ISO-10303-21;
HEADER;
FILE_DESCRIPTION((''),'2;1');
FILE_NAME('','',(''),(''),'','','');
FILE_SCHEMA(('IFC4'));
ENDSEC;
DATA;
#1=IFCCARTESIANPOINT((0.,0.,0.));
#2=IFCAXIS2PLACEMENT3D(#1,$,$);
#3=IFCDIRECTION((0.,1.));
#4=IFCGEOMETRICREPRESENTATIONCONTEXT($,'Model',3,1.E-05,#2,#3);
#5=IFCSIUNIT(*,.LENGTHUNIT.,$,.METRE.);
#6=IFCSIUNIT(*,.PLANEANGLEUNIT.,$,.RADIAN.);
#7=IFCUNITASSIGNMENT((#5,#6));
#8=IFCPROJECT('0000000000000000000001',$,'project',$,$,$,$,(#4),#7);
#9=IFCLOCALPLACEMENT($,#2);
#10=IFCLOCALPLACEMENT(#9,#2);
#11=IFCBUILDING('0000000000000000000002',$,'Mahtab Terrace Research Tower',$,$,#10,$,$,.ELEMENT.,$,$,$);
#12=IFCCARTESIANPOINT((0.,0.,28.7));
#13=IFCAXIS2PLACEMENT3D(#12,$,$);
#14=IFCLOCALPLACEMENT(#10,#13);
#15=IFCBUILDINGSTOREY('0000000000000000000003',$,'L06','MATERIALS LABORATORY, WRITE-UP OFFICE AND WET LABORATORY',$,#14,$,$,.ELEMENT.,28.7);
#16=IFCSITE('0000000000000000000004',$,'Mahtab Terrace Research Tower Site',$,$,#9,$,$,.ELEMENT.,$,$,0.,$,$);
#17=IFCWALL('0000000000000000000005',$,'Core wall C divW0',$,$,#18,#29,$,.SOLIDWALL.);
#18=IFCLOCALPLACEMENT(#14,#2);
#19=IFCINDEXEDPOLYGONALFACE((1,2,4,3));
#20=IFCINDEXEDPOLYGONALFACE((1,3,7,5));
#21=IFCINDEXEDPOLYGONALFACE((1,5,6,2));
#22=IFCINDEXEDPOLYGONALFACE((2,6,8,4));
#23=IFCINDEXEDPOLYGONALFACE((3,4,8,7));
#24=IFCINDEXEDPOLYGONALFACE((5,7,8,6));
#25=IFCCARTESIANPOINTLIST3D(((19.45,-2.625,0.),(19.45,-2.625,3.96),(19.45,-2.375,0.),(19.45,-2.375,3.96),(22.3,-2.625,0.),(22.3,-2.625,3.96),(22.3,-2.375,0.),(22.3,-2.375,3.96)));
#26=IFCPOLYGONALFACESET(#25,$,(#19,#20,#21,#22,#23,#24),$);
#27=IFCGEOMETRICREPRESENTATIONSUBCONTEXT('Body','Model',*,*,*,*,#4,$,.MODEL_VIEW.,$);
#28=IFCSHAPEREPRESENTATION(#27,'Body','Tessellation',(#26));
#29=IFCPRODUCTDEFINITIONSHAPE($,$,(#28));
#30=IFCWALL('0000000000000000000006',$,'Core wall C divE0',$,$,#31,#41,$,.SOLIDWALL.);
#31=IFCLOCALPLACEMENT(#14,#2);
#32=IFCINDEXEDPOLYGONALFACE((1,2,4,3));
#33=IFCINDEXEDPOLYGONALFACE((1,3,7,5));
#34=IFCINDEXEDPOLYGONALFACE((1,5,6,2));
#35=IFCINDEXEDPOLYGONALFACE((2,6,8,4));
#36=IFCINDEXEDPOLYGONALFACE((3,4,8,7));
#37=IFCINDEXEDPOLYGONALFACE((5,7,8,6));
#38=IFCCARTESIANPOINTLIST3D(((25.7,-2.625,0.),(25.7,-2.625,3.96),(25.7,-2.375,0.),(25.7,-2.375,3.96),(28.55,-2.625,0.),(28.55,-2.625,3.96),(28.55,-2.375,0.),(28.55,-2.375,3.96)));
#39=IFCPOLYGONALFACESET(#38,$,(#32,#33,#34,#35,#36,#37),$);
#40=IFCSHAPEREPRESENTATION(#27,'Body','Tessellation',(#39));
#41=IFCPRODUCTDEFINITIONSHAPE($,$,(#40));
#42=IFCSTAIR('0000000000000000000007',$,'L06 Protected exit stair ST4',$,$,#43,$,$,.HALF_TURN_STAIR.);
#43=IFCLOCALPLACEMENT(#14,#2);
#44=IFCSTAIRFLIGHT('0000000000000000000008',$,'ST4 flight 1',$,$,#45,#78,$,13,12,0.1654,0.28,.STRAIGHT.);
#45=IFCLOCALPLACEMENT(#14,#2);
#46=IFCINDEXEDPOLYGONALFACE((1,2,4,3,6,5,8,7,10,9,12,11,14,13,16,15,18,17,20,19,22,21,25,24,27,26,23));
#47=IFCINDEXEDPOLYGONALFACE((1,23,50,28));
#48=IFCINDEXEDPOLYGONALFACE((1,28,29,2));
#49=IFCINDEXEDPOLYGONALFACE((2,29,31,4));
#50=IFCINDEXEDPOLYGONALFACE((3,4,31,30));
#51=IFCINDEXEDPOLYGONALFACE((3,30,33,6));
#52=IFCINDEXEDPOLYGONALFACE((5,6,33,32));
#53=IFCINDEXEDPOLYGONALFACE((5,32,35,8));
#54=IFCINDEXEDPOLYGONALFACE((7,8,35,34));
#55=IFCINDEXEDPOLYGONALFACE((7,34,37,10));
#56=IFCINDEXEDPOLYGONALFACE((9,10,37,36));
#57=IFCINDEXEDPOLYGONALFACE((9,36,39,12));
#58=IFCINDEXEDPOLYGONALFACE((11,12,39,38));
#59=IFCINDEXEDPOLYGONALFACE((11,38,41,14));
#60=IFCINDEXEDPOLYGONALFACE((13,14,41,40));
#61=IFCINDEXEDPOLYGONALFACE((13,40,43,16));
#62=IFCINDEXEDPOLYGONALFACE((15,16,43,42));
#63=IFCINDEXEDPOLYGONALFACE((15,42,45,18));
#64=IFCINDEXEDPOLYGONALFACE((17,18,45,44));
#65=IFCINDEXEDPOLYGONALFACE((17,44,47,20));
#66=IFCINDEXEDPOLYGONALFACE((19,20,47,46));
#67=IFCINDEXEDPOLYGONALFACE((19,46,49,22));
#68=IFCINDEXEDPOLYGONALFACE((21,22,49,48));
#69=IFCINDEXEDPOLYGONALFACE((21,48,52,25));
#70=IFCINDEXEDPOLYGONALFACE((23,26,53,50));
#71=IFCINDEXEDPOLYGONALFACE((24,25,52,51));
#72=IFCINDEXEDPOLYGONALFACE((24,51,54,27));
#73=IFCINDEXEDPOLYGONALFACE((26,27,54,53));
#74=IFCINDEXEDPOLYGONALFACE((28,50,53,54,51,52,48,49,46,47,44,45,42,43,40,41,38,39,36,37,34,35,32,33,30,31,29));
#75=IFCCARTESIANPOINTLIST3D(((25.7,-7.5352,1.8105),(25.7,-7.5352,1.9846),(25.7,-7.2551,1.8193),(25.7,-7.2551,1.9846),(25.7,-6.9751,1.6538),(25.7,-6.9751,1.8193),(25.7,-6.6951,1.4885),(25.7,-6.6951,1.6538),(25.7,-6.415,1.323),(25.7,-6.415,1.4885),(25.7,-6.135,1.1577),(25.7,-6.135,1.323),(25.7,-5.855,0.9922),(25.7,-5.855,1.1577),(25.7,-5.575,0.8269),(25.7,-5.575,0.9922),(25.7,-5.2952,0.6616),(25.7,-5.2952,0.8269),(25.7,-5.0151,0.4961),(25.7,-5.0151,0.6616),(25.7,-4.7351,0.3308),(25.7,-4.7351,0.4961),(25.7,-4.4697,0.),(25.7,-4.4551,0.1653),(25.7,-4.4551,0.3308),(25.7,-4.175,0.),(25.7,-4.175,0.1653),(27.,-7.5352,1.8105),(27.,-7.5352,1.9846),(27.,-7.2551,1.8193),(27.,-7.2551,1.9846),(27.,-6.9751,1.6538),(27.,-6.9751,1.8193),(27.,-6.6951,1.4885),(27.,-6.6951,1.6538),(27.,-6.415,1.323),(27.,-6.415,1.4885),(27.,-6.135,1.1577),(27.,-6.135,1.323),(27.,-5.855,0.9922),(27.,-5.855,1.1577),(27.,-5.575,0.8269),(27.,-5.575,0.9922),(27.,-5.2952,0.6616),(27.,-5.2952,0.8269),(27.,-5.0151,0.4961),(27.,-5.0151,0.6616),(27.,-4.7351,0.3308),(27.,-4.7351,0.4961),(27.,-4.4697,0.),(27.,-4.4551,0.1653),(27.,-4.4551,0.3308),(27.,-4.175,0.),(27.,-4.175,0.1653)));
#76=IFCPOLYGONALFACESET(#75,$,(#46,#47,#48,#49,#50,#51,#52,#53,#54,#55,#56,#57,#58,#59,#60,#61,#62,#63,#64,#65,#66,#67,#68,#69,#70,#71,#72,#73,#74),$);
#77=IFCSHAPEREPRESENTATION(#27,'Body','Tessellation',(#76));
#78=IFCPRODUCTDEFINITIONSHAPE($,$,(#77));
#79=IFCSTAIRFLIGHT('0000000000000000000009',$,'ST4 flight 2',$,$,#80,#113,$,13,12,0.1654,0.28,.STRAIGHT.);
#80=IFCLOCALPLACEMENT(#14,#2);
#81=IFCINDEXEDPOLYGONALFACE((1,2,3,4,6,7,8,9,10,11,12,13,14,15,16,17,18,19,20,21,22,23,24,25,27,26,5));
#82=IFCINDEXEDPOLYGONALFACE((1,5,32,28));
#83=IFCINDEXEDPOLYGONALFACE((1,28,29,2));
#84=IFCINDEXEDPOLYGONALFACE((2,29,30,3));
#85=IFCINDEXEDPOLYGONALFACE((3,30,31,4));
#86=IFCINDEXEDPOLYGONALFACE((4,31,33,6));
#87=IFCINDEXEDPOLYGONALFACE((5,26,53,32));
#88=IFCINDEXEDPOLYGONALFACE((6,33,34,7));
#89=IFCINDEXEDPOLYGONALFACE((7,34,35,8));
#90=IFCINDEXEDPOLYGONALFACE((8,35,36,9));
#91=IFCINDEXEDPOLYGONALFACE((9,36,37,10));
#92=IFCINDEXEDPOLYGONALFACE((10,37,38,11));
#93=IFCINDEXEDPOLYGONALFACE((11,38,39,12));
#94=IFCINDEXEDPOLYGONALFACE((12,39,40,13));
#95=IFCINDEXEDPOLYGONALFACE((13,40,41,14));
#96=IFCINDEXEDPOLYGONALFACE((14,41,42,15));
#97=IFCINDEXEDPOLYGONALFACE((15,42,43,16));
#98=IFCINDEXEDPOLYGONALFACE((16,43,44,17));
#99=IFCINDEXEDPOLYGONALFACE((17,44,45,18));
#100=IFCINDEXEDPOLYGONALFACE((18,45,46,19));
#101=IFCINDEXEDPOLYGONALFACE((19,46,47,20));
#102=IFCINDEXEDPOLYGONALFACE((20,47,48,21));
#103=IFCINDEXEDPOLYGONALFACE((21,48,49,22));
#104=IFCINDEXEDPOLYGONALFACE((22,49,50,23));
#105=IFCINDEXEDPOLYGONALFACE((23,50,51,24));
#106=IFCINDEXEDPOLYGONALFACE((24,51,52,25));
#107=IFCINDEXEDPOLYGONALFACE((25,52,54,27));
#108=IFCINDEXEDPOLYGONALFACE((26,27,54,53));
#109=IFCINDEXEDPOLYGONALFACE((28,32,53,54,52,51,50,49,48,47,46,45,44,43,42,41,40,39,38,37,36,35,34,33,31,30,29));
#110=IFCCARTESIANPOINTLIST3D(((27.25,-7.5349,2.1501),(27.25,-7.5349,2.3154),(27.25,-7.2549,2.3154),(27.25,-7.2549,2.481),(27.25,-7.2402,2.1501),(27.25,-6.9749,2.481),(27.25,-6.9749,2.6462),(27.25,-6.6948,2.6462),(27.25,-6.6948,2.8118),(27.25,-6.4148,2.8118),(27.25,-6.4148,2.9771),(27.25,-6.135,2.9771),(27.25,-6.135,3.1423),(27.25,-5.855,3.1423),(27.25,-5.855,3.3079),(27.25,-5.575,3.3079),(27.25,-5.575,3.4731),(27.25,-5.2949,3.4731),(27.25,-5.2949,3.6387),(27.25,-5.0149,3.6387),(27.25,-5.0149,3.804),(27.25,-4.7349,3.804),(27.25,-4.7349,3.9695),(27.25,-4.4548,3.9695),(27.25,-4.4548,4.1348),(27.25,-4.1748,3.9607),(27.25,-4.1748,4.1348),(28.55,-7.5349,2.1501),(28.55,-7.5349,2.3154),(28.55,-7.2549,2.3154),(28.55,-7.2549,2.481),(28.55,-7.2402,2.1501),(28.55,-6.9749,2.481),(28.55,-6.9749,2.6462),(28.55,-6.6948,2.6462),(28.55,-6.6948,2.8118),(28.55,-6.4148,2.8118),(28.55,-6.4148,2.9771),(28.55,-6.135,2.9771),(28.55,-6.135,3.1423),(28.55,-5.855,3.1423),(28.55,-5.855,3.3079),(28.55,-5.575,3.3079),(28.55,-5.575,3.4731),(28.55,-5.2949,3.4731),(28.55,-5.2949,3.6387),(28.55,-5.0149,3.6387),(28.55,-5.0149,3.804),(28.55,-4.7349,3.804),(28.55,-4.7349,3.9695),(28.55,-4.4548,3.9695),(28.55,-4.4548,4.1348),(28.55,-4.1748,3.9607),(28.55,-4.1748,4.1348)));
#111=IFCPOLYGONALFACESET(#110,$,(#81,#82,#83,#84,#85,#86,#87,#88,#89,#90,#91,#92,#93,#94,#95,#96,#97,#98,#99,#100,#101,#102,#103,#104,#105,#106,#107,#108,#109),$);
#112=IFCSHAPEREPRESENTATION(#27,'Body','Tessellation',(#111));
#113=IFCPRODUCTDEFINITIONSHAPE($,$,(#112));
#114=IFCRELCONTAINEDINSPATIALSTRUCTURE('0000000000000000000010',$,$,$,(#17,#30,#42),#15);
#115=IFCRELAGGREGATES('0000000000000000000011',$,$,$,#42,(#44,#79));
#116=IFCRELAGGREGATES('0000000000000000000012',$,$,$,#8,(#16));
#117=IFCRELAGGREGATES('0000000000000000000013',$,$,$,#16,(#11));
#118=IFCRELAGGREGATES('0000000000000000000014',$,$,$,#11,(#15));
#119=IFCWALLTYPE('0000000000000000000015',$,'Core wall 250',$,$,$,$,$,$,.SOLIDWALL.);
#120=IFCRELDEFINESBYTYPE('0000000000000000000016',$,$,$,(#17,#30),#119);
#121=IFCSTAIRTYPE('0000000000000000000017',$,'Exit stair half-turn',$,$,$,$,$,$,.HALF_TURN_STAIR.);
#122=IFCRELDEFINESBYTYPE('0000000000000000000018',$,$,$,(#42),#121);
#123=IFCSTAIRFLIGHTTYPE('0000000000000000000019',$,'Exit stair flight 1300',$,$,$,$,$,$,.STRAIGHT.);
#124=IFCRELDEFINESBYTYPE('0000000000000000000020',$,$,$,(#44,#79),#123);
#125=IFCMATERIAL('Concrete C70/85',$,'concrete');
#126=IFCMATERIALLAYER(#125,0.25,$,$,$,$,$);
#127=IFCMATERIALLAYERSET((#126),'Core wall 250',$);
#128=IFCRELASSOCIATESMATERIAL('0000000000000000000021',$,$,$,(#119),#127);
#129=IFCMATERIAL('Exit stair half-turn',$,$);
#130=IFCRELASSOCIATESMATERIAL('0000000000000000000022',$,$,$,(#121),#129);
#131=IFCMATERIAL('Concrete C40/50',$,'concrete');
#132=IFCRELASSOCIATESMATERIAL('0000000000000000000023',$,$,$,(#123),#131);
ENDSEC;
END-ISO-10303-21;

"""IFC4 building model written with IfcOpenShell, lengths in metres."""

from ifc_helpers import new_model, si_unit, direction, frame, frame_2d, origin, place, context, subcontext, project, spatial, polyline, rectangle, outline, extrude, material, layer, layer_set, type_object, element, aggregate, save


model = new_model("IFC4")

# Units and contexts
model_context = context("Model", 3, precision=1e-05, world=origin(), true_north=direction((0.0, 1.0)))
body_context = subcontext(model_context, "Body", "Model", "MODEL_VIEW")
ifc_project = project(units=[si_unit("LENGTHUNIT", "METRE"), si_unit("PLANEANGLEUNIT", "RADIAN")], contexts=[model_context])

# Site, building, storey
site_placement = place(None, origin())
site = spatial("IfcSite", under=ifc_project, at=site_placement, Name="Mahtab Terrace Research Tower Site", CompositionType="ELEMENT", RefElevation=0.0)
building_placement = place(site_placement, origin())
building = spatial("IfcBuilding", under=site, at=building_placement, Name="Mahtab Terrace Research Tower", CompositionType="ELEMENT")
storey_placement = place(building_placement, frame((0.0, 0.0, 28.7)))
storey = spatial("IfcBuildingStorey", under=building, at=storey_placement, Name="L06", Description="MATERIALS LABORATORY, WRITE-UP OFFICE AND WET LABORATORY", CompositionType="ELEMENT", Elevation=28.7)

# Shared definitions
ifc_material_1 = material(Name="Concrete C70/85", Category="concrete")
ifc_layer_1 = layer(ifc_material_1, 0.25)
ifc_layer_set_1 = layer_set([ifc_layer_1], Name="Core wall 250")
wall_type_1 = type_object("IfcWallType", Name="Core wall 250", PredefinedType="SOLIDWALL", material=ifc_layer_set_1)

# Walls
for number, where, z_axis, x_axis, name in (
    (1, (19.45, -2.5, 0.0), (0.0, 0.0, 1.0), (1.0, 0.0, 0.0), "Core wall C divW0"),
    (2, (25.7, -2.5, 0.0), (0.0, 0.0, 1.0), (1.0, 0.0, 0.0), "Core wall C divE0"),
):
    element("IfcWall", number, at=place(storey_placement, frame(where, z_axis=z_axis, x_axis=x_axis)), inside=storey, type_object=wall_type_1, Name=name, PredefinedType="SOLIDWALL", context=body_context, shape_type="SweptSolid", body=[
        extrude(rectangle(XDim=2.8501, YDim=0.25, at=frame_2d((1.425, 0.0))), origin(), (0.0, 0.0, 1.0), 3.96),
    ])

# Stair, stair flights
ifc_material_2 = material(Name="Exit stair half-turn")
stair_type = type_object("IfcStairType", Name="Exit stair half-turn", PredefinedType="HALF_TURN_STAIR", material=ifc_material_2)
stair_placement = place(storey_placement, origin())
stair = element("IfcStair", 3, at=stair_placement, inside=storey, type_object=stair_type, Name="L06 Protected exit stair ST4", PredefinedType="HALF_TURN_STAIR")
ifc_material_3 = material(Name="Concrete C40/50", Category="concrete")
stair_flight_type = type_object("IfcStairFlightType", Name="Exit stair flight 1300", PredefinedType="STRAIGHT", material=ifc_material_3)
stair_flight_1_placement = place(storey_placement, frame((26.3501, -4.175, 0.0), z_axis=(0.0, 0.0, 1.0), x_axis=(0.0, -1.0, 0.0)))
stair_flight_1 = element("IfcStairFlight", 4, at=stair_flight_1_placement, type_object=stair_flight_type, Name="ST4 flight 1", NumberOfRisers=13, NumberOfTreads=12, PredefinedType="STRAIGHT", RiserHeight=0.1654, TreadLength=0.28, context=body_context, shape_type="SweptSolid", body=[
    extrude(outline(polyline([(0.0, 0.0), (0.0, 0.1653), (0.28, 0.1653), (0.28, 0.3308), (0.5601, 0.3308), (0.5601, 0.4961), (0.8401, 0.4961), (0.8401, 0.6616), (1.1201, 0.6616), (1.1201, 0.8269), (1.3999, 0.8269), (1.3999, 0.9922), (1.6799, 0.9922), (1.6799, 1.1577), (1.96, 1.1577), (1.96, 1.323), (2.24, 1.323), (2.24, 1.4885), (2.52, 1.4885), (2.52, 1.6538), (2.8, 1.6538), (2.8, 1.8193), (3.0801, 1.8193), (3.0801, 1.9846), (3.3601, 1.9846), (3.3601, 2.1499), (3.3601, 1.8105), (0.2947, 0.0), (0.0, 0.0)])), frame((0.0, 0.6499, 0.0), z_axis=(0.0, -1.0, 0.0), x_axis=(1.0, 0.0, 0.0)), (0.0, 0.0, 1.0), 1.3),
])
stair_flight_2_placement = place(storey_placement, frame((27.8999, -7.5349, 2.1501), z_axis=(0.0, 0.0, 1.0), x_axis=(0.0, 1.0, 0.0)))
stair_flight_2 = element("IfcStairFlight", 5, at=stair_flight_2_placement, type_object=stair_flight_type, Name="ST4 flight 2", NumberOfRisers=13, NumberOfTreads=12, PredefinedType="STRAIGHT", RiserHeight=0.1654, TreadLength=0.28, context=body_context, shape_type="SweptSolid", body=[
    extrude(outline(polyline([(0.0, 0.0), (0.0, 0.1653), (0.28, 0.1653), (0.28, 0.3308), (0.5601, 0.3308), (0.5601, 0.4961), (0.8401, 0.4961), (0.8401, 0.6616), (1.1201, 0.6616), (1.1201, 0.8269), (1.3999, 0.8269), (1.3999, 0.9922), (1.6799, 0.9922), (1.6799, 1.1577), (1.96, 1.1577), (1.96, 1.323), (2.24, 1.323), (2.24, 1.4885), (2.52, 1.4885), (2.52, 1.6538), (2.8, 1.6538), (2.8, 1.8193), (3.0801, 1.8193), (3.0801, 1.9846), (3.3601, 1.9846), (3.3601, 2.1499), (3.3601, 1.8105), (0.2947, 0.0), (0.0, 0.0)])), frame((0.0, 0.6499, 0.0), z_axis=(0.0, -1.0, 0.0), x_axis=(1.0, 0.0, 0.0)), (0.0, 0.0, 1.0), 1.3),
])
aggregate(stair, [stair_flight_1, stair_flight_2])

save(model, "model.ifc")
